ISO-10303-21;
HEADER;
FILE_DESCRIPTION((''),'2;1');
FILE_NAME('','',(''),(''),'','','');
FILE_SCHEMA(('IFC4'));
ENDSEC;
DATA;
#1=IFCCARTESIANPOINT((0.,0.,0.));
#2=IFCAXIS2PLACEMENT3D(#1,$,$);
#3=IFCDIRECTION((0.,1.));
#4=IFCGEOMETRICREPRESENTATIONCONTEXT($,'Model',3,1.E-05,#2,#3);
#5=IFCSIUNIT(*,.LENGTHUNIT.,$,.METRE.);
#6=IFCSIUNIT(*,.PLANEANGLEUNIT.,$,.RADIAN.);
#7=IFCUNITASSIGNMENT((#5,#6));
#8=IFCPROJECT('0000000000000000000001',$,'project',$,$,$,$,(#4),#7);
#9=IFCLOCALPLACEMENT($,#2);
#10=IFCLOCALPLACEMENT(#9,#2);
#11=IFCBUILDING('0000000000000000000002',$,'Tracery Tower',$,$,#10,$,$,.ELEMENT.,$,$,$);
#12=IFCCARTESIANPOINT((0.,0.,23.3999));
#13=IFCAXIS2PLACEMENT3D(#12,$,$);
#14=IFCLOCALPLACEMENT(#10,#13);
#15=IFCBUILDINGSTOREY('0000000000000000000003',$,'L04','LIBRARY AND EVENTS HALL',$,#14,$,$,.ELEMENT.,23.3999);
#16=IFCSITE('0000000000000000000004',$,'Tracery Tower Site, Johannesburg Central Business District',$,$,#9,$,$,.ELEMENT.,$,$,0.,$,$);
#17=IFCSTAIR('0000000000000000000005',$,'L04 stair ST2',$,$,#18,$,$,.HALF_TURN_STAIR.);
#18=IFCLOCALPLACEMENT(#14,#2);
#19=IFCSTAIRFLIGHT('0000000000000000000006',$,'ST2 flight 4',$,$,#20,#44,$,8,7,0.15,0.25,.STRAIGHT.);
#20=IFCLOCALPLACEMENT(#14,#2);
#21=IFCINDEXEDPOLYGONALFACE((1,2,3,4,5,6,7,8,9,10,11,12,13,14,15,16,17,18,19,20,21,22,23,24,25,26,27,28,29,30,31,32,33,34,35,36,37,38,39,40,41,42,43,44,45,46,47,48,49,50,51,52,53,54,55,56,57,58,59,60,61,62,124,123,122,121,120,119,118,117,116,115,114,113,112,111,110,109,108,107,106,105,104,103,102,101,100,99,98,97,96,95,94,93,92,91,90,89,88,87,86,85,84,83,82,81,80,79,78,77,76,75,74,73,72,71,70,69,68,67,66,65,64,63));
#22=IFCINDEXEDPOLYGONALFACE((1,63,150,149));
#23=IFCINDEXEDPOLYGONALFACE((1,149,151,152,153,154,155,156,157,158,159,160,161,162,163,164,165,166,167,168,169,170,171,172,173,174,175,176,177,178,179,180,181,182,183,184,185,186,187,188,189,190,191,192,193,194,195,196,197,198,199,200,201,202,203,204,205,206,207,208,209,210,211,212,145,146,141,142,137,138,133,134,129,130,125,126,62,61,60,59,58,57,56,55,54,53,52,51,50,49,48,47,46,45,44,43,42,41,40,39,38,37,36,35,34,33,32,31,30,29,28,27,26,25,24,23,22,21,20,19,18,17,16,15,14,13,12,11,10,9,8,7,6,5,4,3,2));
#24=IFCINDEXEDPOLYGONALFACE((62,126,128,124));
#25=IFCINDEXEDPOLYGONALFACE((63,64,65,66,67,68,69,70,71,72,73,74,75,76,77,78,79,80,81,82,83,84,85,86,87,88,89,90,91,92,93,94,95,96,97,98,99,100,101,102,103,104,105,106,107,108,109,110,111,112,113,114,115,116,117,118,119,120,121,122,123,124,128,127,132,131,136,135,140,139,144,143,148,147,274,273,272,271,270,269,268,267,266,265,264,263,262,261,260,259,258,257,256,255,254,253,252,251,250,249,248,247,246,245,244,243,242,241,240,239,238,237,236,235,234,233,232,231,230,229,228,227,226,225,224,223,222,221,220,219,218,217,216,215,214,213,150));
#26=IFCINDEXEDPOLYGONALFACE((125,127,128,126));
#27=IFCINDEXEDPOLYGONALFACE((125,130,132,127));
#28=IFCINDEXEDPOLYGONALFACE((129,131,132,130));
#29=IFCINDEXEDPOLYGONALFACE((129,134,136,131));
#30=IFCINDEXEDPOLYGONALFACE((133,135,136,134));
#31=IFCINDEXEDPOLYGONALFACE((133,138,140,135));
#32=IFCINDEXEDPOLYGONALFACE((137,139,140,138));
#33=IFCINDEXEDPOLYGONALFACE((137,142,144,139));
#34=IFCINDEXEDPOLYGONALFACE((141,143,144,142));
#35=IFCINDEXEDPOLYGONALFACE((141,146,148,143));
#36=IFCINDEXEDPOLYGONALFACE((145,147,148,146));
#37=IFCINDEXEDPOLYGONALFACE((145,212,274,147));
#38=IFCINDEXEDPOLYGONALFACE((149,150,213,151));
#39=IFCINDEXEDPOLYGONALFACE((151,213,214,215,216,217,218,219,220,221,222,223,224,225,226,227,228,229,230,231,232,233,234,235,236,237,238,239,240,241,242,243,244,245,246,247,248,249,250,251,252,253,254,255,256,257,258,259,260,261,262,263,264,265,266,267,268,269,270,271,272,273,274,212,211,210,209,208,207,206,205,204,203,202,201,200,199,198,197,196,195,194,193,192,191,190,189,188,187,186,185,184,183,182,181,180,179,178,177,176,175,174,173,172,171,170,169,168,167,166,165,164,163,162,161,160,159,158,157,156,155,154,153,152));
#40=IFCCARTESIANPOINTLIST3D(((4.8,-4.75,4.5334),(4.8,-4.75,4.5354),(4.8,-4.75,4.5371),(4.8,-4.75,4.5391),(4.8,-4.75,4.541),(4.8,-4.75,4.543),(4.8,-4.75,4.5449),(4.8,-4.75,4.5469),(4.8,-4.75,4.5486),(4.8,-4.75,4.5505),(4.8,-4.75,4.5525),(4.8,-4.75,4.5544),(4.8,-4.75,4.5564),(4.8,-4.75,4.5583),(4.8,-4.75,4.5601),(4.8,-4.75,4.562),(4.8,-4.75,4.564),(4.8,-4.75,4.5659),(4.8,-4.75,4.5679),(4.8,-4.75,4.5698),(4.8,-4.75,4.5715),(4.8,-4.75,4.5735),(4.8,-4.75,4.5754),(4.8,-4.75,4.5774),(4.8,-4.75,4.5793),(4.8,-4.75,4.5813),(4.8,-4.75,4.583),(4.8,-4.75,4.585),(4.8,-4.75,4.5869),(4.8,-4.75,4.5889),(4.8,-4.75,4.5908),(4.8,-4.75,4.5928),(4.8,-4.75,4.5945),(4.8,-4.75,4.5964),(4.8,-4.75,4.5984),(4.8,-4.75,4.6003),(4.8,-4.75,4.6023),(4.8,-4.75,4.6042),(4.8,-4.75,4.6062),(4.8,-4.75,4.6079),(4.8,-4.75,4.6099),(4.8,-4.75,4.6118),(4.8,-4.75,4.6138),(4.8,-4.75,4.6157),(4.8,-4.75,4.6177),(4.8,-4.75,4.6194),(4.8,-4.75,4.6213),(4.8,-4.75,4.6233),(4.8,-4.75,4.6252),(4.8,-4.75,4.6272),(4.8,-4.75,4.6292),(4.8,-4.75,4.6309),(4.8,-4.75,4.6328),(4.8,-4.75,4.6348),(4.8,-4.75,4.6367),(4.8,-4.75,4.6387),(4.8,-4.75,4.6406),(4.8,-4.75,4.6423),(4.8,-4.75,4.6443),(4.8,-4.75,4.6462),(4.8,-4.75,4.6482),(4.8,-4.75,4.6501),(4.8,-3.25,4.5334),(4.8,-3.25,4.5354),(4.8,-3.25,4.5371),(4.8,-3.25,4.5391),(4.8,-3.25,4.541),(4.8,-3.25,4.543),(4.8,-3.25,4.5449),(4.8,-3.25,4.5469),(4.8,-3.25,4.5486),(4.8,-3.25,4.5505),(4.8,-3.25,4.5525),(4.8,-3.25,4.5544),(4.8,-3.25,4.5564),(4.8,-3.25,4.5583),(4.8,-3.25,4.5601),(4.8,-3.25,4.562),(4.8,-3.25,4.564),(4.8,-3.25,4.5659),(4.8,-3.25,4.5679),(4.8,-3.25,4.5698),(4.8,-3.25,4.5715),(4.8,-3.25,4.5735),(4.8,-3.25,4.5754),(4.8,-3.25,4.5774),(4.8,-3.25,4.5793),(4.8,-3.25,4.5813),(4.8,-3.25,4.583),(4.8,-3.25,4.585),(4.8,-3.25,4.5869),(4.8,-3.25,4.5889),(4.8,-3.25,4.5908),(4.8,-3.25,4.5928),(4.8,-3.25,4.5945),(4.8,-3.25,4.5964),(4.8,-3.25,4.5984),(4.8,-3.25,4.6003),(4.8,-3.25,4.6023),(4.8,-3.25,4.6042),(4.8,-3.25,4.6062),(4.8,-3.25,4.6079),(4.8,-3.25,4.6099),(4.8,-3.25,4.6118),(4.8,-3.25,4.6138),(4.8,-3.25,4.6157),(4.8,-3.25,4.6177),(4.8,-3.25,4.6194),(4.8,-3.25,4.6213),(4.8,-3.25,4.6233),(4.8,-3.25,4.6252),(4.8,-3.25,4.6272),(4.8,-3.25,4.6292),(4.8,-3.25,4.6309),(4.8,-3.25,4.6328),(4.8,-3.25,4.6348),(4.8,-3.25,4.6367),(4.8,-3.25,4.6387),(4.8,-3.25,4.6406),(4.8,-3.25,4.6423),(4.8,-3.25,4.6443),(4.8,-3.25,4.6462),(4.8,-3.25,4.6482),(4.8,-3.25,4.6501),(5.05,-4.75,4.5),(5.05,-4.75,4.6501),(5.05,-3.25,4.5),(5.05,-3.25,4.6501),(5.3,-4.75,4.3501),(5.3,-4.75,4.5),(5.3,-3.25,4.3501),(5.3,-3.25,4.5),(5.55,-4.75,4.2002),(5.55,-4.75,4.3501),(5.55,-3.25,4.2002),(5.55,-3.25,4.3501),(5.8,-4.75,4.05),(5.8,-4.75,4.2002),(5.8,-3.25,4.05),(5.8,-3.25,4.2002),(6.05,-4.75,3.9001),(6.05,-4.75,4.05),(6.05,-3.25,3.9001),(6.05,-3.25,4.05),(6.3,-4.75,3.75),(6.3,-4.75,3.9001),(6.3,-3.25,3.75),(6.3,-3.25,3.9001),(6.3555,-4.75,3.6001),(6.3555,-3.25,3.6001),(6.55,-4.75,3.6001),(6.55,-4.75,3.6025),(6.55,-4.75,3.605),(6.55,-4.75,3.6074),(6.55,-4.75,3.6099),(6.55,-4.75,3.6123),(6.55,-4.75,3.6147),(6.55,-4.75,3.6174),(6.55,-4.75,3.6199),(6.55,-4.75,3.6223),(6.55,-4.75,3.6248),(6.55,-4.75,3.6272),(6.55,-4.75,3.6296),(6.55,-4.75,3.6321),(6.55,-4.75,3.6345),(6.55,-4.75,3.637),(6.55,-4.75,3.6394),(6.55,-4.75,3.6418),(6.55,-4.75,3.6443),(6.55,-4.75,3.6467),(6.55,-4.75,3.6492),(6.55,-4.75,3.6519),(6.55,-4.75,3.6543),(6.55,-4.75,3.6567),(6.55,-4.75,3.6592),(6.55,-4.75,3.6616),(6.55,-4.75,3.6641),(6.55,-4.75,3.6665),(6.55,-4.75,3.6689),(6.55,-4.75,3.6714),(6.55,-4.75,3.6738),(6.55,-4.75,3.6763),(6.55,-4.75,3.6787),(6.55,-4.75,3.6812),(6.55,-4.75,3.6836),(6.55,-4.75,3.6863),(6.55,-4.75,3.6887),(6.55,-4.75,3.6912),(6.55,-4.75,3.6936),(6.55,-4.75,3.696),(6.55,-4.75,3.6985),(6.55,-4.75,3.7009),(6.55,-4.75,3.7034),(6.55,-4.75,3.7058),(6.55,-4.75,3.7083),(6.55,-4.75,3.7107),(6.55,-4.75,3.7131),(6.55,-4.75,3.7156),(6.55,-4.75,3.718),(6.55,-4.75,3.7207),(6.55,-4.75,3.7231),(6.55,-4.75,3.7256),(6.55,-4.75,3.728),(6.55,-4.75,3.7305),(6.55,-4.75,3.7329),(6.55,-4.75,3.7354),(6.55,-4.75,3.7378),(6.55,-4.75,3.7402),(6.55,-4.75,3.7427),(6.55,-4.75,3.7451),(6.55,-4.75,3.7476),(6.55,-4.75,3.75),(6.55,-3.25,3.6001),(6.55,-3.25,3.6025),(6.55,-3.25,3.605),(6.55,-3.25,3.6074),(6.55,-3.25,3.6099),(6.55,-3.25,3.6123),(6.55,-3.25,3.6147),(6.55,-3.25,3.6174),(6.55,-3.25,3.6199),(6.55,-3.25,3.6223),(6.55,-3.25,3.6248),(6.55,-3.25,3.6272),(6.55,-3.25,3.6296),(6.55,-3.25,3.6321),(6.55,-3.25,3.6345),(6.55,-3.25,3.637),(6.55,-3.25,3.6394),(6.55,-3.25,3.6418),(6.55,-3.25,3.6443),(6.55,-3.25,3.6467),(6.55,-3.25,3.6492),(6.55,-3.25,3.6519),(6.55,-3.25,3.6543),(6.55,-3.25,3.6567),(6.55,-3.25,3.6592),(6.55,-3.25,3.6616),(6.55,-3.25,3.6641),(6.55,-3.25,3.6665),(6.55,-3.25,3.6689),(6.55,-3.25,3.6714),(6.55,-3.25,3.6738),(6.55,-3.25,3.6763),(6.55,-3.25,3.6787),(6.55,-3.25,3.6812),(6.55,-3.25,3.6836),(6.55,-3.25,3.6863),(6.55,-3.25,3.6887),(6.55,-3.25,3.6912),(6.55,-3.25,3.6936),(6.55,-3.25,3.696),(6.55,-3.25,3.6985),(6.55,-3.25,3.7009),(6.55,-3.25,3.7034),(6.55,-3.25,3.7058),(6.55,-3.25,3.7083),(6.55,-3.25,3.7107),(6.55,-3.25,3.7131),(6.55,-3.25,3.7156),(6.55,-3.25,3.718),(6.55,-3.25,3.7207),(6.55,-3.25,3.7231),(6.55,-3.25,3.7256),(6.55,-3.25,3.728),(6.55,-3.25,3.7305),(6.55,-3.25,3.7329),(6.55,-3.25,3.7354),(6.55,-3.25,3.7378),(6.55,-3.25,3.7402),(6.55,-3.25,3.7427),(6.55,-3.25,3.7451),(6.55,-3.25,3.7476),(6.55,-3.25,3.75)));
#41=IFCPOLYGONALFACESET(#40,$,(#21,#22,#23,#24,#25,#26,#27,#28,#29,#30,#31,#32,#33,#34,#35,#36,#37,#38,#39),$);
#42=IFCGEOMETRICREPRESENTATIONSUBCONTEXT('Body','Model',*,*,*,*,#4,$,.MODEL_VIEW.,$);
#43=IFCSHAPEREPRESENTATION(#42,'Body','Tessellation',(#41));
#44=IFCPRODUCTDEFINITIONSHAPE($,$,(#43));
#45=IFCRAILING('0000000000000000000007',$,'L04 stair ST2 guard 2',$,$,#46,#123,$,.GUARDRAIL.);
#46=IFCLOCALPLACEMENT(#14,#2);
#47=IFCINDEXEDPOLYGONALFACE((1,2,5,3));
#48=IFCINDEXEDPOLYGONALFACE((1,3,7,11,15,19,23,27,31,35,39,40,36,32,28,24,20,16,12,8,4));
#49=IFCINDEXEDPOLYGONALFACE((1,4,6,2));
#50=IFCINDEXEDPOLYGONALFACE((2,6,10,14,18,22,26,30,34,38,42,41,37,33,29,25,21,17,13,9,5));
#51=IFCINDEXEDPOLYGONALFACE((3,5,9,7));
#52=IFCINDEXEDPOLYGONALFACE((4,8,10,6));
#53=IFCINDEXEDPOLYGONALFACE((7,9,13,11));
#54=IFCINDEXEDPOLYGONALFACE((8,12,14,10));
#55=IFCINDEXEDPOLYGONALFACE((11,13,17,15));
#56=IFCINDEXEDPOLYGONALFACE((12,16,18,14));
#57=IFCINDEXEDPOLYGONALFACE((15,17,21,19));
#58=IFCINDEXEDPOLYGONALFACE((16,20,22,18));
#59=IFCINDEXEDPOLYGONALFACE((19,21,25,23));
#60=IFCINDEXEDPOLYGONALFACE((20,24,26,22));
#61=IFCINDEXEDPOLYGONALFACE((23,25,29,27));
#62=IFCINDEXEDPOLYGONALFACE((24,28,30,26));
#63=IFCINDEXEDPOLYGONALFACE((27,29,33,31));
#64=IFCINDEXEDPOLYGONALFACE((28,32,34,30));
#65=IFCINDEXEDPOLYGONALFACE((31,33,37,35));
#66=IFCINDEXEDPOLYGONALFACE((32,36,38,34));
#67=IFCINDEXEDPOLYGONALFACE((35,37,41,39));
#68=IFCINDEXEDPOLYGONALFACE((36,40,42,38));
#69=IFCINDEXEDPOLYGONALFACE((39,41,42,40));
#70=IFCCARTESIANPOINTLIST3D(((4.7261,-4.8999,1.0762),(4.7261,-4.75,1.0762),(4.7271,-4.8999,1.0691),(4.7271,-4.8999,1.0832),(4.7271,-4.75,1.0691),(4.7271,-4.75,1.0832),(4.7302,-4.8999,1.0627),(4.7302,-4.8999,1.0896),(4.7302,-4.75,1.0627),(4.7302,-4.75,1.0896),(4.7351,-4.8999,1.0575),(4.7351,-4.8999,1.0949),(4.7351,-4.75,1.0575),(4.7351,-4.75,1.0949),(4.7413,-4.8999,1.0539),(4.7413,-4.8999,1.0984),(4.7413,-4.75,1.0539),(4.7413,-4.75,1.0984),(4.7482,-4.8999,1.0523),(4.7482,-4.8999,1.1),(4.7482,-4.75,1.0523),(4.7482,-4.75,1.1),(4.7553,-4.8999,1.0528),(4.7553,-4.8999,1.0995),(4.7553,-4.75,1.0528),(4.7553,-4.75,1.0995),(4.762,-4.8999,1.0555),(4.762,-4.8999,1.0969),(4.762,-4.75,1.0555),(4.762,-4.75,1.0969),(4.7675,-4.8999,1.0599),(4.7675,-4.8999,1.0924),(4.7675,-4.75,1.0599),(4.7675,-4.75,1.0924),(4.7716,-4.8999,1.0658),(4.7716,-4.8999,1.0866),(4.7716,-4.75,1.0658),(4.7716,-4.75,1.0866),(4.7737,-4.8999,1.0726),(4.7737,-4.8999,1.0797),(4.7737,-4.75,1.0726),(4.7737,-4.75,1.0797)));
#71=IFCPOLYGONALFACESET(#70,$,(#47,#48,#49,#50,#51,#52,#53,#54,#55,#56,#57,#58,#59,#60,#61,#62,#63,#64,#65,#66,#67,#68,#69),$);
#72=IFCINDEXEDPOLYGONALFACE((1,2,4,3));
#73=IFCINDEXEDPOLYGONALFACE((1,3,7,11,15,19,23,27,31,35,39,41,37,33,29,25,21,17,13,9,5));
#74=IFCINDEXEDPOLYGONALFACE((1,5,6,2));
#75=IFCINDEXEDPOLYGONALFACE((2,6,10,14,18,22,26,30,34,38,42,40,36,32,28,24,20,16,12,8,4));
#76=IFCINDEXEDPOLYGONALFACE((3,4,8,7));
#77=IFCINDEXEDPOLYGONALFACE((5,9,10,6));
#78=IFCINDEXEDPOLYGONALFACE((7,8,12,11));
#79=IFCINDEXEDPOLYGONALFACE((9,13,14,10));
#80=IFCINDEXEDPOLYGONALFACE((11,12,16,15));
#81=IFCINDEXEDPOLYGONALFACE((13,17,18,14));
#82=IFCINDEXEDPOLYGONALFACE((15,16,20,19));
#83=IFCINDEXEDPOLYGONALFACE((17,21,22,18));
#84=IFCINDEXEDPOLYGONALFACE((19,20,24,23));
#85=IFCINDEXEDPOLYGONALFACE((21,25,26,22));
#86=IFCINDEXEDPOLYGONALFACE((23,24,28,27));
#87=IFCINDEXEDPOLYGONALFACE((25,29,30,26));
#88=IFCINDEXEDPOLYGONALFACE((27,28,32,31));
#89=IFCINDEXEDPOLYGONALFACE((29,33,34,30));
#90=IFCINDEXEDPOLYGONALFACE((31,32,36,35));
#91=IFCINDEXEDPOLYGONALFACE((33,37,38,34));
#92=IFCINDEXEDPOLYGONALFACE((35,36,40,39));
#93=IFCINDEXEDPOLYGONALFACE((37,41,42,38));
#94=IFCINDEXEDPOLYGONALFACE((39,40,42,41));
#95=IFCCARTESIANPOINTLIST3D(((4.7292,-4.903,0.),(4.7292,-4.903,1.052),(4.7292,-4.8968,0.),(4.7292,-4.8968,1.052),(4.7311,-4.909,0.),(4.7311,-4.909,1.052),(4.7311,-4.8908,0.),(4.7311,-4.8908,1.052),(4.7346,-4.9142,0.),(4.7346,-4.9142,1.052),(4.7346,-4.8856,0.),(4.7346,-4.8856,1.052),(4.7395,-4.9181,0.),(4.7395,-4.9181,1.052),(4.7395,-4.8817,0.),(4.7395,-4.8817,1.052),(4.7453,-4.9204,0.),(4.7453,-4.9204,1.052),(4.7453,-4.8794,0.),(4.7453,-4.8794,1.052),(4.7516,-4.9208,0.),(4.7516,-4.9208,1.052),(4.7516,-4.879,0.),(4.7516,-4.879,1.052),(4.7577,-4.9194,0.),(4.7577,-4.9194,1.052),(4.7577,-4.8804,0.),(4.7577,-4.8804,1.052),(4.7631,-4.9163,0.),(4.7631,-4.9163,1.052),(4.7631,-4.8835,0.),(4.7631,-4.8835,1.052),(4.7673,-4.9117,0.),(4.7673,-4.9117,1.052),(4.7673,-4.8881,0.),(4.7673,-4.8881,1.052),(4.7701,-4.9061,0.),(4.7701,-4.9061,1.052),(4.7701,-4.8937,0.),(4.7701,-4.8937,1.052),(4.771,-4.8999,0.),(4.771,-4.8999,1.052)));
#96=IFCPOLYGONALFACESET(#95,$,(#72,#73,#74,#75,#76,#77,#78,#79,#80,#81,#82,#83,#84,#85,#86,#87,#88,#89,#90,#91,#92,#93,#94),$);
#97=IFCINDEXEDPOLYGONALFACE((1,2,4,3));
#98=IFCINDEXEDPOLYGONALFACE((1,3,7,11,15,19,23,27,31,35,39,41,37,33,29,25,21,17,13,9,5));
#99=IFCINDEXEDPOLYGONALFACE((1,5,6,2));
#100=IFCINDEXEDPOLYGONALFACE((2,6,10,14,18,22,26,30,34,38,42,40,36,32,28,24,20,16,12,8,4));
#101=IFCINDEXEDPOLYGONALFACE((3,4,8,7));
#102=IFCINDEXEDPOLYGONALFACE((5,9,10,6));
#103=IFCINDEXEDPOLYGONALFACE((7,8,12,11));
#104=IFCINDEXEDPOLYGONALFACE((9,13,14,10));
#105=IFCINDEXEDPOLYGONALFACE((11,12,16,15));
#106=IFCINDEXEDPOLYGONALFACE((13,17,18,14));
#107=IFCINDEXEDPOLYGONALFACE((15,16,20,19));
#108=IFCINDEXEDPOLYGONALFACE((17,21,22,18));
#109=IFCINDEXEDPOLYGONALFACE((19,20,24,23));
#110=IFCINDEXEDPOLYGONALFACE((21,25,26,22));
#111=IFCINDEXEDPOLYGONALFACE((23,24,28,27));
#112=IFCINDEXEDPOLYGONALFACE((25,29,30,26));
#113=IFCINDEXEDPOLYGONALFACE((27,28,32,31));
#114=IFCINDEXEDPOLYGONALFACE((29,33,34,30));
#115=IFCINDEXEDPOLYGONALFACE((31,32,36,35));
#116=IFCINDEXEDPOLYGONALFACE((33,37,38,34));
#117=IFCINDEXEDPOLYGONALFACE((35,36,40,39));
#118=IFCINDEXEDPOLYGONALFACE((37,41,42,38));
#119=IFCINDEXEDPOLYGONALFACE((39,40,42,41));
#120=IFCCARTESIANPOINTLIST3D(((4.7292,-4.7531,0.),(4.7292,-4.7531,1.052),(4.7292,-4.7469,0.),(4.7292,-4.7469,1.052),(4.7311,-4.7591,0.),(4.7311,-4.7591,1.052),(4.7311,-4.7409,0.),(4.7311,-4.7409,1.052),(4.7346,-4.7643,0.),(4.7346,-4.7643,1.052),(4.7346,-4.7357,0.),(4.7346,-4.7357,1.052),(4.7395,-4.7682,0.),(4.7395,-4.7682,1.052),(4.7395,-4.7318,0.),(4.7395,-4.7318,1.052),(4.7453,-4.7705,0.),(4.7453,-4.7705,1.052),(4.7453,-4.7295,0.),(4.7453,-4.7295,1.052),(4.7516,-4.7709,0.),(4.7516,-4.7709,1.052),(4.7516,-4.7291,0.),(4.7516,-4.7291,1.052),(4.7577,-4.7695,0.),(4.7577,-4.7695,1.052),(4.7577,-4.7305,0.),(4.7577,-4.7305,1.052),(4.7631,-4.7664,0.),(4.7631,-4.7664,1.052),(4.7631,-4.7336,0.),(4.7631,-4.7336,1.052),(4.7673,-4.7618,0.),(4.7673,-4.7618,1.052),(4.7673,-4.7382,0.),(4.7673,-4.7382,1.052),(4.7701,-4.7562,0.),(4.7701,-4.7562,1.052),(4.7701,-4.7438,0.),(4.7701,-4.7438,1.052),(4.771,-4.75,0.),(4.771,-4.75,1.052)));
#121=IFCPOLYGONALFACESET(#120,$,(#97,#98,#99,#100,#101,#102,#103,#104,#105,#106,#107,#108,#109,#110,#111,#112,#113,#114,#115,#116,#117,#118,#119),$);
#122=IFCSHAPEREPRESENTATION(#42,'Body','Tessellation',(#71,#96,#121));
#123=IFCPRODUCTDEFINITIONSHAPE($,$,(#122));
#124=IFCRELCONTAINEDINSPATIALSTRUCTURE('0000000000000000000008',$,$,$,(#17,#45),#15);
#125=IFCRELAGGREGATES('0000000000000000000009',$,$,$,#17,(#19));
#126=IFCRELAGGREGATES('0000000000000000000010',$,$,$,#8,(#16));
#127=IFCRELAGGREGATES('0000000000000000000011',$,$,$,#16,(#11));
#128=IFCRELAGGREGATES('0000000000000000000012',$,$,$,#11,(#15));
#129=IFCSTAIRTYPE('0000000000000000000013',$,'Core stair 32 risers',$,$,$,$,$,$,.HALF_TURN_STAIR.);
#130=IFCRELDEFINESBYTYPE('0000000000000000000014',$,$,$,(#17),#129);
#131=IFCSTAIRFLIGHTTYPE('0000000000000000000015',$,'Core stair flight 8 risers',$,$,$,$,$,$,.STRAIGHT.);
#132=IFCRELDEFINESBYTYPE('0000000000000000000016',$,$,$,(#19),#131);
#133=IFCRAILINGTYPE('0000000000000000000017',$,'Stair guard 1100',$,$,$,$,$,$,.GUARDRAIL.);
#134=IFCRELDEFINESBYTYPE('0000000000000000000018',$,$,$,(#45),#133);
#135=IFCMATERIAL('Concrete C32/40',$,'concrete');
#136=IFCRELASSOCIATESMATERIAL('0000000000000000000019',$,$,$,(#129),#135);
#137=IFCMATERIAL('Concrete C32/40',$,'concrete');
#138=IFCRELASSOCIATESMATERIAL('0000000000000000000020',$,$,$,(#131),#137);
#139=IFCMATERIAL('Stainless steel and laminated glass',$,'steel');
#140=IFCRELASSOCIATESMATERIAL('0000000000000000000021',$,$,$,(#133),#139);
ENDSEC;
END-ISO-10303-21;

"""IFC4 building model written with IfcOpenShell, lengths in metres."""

from ifc_helpers import new_model, si_unit, direction, frame, origin, origin_2d, place, context, subcontext, project, spatial, polyline, circle, outline, extrude, material, type_object, element, aggregate, save


model = new_model("IFC4")

# Units and contexts
model_context = context("Model", 3, precision=1e-05, world=origin(), true_north=direction((0.0, 1.0)))
body_context = subcontext(model_context, "Body", "Model", "MODEL_VIEW")
ifc_project = project(units=[si_unit("LENGTHUNIT", "METRE"), si_unit("PLANEANGLEUNIT", "RADIAN")], contexts=[model_context])

# Site, building, storey
site_placement = place(None, origin())
site = spatial("IfcSite", under=ifc_project, at=site_placement, Name="Tracery Tower Site, Johannesburg Central Business District", CompositionType="ELEMENT", RefElevation=0.0)
building_placement = place(site_placement, origin())
building = spatial("IfcBuilding", under=site, at=building_placement, Name="Tracery Tower", CompositionType="ELEMENT")
storey_placement = place(building_placement, frame((0.0, 0.0, 23.3999)))
storey = spatial("IfcBuildingStorey", under=building, at=storey_placement, Name="L04", Description="LIBRARY AND EVENTS HALL", CompositionType="ELEMENT", Elevation=23.3999)

# Stair, stair flight
ifc_material_1 = material(Name="Concrete C32/40", Category="concrete")
stair_type = type_object("IfcStairType", Name="Core stair 32 risers", PredefinedType="HALF_TURN_STAIR", material=ifc_material_1)
stair_placement = place(storey_placement, origin())
stair = element("IfcStair", 1, at=stair_placement, inside=storey, type_object=stair_type, Name="L04 stair ST2", PredefinedType="HALF_TURN_STAIR")
ifc_material_2 = material(Name="Concrete C32/40", Category="concrete")
stair_flight_type = type_object("IfcStairFlightType", Name="Core stair flight 8 risers", PredefinedType="STRAIGHT", material=ifc_material_2)
stair_flight_1_placement = place(storey_placement, frame((6.55, -4.0, 3.6001), z_axis=(0.0, 0.0, 1.0), x_axis=(-1.0, 0.0, 0.0)))
stair_flight_1 = element("IfcStairFlight", 2, at=stair_flight_1_placement, type_object=stair_flight_type, Name="ST2 flight 4", NumberOfRisers=8, NumberOfTreads=7, PredefinedType="STRAIGHT", RiserHeight=0.15, TreadLength=0.25, context=body_context, shape_type="SweptSolid", body=[
    extrude(outline(polyline([(0.0, 0.0), (0.0, 0.0024), (0.0, 0.0049), (0.0, 0.0073), (0.0, 0.0098), (0.0, 0.0122), (0.0, 0.0146), (0.0, 0.0173), (0.0, 0.0198), (0.0, 0.0222), (0.0, 0.0247), (0.0, 0.0271), (0.0, 0.0295), (0.0, 0.032), (0.0, 0.0344), (0.0, 0.0369), (0.0, 0.0393), (0.0, 0.0417), (0.0, 0.0442), (0.0, 0.0466), (0.0, 0.0491), (0.0, 0.0518), (0.0, 0.0542), (0.0, 0.0566), (0.0, 0.0591), (0.0, 0.0615), (0.0, 0.064), (0.0, 0.0664), (0.0, 0.0688), (0.0, 0.0713), (0.0, 0.0737), (0.0, 0.0762), (0.0, 0.0786), (0.0, 0.0811), (0.0, 0.0835), (0.0, 0.0862), (0.0, 0.0886), (0.0, 0.0911), (0.0, 0.0935), (0.0, 0.0959), (0.0, 0.0984), (0.0, 0.1008), (0.0, 0.1033), (0.0, 0.1057), (0.0, 0.1082), (0.0, 0.1106), (0.0, 0.113), (0.0, 0.1155), (0.0, 0.1179), (0.0, 0.1206), (0.0, 0.123), (0.0, 0.1255), (0.0, 0.1279), (0.0, 0.1304), (0.0, 0.1328), (0.0, 0.1353), (0.0, 0.1377), (0.0, 0.1401), (0.0, 0.1426), (0.0, 0.145), (0.0, 0.1475), (0.0, 0.1499), (0.25, 0.1499), (0.25, 0.3), (0.5, 0.3), (0.5, 0.45), (0.75, 0.45), (0.75, 0.6001), (1.0, 0.6001), (1.0, 0.75), (1.25, 0.75), (1.25, 0.8999), (1.5, 0.8999), (1.5, 1.05), (1.75, 1.05), (1.75, 1.0481), (1.75, 1.0461), (1.75, 1.0442), (1.75, 1.0422), (1.75, 1.0405), (1.75, 1.0386), (1.75, 1.0366), (1.75, 1.0347), (1.75, 1.0327), (1.75, 1.0308), (1.75, 1.0291), (1.75, 1.0271), (1.75, 1.0251), (1.75, 1.0232), (1.75, 1.0212), (1.75, 1.0193), (1.75, 1.0176), (1.75, 1.0156), (1.75, 1.0137), (1.75, 1.0117), (1.75, 1.0098), (1.75, 1.0078), (1.75, 1.0061), (1.75, 1.0042), (1.75, 1.0022), (1.75, 1.0002), (1.75, 0.9983), (1.75, 0.9963), (1.75, 0.9944), (1.75, 0.9927), (1.75, 0.9907), (1.75, 0.9888), (1.75, 0.9868), (1.75, 0.9849), (1.75, 0.9829), (1.75, 0.9812), (1.75, 0.9792), (1.75, 0.9773), (1.75, 0.9753), (1.75, 0.9734), (1.75, 0.9714), (1.75, 0.9697), (1.75, 0.9678), (1.75, 0.9658), (1.75, 0.9639), (1.75, 0.9619), (1.75, 0.96), (1.75, 0.9583), (1.75, 0.9563), (1.75, 0.9543), (1.75, 0.9524), (1.75, 0.9504), (1.75, 0.9485), (1.75, 0.9468), (1.75, 0.9448), (1.75, 0.9429), (1.75, 0.9409), (1.75, 0.939), (1.75, 0.937), (1.75, 0.9353), (1.75, 0.9333), (0.1946, 0.0), (0.0, 0.0)])), frame((0.0, 0.75, 0.0), z_axis=(0.0, -1.0, 0.0), x_axis=(1.0, 0.0, 0.0)), (0.0, 0.0, 1.0), 1.5),
])
aggregate(stair, [stair_flight_1])

# Railing
ifc_material_3 = material(Name="Stainless steel and laminated glass", Category="steel")
railing_type_1 = type_object("IfcRailingType", Name="Stair guard 1100", PredefinedType="GUARDRAIL", material=ifc_material_3)
railing_1_placement = place(storey_placement, frame((4.75, -4.8999, 0.0)))
element("IfcRailing", 3, at=railing_1_placement, inside=storey, type_object=railing_type_1, Name="L04 stair ST2 guard 2", PredefinedType="GUARDRAIL", context=body_context, shape_type="SweptSolid", body=[
    extrude(circle(Radius=0.0239, at=origin_2d()), frame((0.0, 0.0, 1.0762), z_axis=(0.0, 1.0, 0.0), x_axis=(-1.0, 0.0, 0.0)), (0.0, 0.0, 1.0), 0.1499),
    extrude(circle(Radius=0.021, at=origin_2d()), origin(), (0.0, 0.0, 1.0), 1.052),
    extrude(circle(Radius=0.021, at=origin_2d()), frame((0.0, 0.1499, 0.0)), (0.0, 0.0, 1.0), 1.052),
])

save(model, "model.ifc")
